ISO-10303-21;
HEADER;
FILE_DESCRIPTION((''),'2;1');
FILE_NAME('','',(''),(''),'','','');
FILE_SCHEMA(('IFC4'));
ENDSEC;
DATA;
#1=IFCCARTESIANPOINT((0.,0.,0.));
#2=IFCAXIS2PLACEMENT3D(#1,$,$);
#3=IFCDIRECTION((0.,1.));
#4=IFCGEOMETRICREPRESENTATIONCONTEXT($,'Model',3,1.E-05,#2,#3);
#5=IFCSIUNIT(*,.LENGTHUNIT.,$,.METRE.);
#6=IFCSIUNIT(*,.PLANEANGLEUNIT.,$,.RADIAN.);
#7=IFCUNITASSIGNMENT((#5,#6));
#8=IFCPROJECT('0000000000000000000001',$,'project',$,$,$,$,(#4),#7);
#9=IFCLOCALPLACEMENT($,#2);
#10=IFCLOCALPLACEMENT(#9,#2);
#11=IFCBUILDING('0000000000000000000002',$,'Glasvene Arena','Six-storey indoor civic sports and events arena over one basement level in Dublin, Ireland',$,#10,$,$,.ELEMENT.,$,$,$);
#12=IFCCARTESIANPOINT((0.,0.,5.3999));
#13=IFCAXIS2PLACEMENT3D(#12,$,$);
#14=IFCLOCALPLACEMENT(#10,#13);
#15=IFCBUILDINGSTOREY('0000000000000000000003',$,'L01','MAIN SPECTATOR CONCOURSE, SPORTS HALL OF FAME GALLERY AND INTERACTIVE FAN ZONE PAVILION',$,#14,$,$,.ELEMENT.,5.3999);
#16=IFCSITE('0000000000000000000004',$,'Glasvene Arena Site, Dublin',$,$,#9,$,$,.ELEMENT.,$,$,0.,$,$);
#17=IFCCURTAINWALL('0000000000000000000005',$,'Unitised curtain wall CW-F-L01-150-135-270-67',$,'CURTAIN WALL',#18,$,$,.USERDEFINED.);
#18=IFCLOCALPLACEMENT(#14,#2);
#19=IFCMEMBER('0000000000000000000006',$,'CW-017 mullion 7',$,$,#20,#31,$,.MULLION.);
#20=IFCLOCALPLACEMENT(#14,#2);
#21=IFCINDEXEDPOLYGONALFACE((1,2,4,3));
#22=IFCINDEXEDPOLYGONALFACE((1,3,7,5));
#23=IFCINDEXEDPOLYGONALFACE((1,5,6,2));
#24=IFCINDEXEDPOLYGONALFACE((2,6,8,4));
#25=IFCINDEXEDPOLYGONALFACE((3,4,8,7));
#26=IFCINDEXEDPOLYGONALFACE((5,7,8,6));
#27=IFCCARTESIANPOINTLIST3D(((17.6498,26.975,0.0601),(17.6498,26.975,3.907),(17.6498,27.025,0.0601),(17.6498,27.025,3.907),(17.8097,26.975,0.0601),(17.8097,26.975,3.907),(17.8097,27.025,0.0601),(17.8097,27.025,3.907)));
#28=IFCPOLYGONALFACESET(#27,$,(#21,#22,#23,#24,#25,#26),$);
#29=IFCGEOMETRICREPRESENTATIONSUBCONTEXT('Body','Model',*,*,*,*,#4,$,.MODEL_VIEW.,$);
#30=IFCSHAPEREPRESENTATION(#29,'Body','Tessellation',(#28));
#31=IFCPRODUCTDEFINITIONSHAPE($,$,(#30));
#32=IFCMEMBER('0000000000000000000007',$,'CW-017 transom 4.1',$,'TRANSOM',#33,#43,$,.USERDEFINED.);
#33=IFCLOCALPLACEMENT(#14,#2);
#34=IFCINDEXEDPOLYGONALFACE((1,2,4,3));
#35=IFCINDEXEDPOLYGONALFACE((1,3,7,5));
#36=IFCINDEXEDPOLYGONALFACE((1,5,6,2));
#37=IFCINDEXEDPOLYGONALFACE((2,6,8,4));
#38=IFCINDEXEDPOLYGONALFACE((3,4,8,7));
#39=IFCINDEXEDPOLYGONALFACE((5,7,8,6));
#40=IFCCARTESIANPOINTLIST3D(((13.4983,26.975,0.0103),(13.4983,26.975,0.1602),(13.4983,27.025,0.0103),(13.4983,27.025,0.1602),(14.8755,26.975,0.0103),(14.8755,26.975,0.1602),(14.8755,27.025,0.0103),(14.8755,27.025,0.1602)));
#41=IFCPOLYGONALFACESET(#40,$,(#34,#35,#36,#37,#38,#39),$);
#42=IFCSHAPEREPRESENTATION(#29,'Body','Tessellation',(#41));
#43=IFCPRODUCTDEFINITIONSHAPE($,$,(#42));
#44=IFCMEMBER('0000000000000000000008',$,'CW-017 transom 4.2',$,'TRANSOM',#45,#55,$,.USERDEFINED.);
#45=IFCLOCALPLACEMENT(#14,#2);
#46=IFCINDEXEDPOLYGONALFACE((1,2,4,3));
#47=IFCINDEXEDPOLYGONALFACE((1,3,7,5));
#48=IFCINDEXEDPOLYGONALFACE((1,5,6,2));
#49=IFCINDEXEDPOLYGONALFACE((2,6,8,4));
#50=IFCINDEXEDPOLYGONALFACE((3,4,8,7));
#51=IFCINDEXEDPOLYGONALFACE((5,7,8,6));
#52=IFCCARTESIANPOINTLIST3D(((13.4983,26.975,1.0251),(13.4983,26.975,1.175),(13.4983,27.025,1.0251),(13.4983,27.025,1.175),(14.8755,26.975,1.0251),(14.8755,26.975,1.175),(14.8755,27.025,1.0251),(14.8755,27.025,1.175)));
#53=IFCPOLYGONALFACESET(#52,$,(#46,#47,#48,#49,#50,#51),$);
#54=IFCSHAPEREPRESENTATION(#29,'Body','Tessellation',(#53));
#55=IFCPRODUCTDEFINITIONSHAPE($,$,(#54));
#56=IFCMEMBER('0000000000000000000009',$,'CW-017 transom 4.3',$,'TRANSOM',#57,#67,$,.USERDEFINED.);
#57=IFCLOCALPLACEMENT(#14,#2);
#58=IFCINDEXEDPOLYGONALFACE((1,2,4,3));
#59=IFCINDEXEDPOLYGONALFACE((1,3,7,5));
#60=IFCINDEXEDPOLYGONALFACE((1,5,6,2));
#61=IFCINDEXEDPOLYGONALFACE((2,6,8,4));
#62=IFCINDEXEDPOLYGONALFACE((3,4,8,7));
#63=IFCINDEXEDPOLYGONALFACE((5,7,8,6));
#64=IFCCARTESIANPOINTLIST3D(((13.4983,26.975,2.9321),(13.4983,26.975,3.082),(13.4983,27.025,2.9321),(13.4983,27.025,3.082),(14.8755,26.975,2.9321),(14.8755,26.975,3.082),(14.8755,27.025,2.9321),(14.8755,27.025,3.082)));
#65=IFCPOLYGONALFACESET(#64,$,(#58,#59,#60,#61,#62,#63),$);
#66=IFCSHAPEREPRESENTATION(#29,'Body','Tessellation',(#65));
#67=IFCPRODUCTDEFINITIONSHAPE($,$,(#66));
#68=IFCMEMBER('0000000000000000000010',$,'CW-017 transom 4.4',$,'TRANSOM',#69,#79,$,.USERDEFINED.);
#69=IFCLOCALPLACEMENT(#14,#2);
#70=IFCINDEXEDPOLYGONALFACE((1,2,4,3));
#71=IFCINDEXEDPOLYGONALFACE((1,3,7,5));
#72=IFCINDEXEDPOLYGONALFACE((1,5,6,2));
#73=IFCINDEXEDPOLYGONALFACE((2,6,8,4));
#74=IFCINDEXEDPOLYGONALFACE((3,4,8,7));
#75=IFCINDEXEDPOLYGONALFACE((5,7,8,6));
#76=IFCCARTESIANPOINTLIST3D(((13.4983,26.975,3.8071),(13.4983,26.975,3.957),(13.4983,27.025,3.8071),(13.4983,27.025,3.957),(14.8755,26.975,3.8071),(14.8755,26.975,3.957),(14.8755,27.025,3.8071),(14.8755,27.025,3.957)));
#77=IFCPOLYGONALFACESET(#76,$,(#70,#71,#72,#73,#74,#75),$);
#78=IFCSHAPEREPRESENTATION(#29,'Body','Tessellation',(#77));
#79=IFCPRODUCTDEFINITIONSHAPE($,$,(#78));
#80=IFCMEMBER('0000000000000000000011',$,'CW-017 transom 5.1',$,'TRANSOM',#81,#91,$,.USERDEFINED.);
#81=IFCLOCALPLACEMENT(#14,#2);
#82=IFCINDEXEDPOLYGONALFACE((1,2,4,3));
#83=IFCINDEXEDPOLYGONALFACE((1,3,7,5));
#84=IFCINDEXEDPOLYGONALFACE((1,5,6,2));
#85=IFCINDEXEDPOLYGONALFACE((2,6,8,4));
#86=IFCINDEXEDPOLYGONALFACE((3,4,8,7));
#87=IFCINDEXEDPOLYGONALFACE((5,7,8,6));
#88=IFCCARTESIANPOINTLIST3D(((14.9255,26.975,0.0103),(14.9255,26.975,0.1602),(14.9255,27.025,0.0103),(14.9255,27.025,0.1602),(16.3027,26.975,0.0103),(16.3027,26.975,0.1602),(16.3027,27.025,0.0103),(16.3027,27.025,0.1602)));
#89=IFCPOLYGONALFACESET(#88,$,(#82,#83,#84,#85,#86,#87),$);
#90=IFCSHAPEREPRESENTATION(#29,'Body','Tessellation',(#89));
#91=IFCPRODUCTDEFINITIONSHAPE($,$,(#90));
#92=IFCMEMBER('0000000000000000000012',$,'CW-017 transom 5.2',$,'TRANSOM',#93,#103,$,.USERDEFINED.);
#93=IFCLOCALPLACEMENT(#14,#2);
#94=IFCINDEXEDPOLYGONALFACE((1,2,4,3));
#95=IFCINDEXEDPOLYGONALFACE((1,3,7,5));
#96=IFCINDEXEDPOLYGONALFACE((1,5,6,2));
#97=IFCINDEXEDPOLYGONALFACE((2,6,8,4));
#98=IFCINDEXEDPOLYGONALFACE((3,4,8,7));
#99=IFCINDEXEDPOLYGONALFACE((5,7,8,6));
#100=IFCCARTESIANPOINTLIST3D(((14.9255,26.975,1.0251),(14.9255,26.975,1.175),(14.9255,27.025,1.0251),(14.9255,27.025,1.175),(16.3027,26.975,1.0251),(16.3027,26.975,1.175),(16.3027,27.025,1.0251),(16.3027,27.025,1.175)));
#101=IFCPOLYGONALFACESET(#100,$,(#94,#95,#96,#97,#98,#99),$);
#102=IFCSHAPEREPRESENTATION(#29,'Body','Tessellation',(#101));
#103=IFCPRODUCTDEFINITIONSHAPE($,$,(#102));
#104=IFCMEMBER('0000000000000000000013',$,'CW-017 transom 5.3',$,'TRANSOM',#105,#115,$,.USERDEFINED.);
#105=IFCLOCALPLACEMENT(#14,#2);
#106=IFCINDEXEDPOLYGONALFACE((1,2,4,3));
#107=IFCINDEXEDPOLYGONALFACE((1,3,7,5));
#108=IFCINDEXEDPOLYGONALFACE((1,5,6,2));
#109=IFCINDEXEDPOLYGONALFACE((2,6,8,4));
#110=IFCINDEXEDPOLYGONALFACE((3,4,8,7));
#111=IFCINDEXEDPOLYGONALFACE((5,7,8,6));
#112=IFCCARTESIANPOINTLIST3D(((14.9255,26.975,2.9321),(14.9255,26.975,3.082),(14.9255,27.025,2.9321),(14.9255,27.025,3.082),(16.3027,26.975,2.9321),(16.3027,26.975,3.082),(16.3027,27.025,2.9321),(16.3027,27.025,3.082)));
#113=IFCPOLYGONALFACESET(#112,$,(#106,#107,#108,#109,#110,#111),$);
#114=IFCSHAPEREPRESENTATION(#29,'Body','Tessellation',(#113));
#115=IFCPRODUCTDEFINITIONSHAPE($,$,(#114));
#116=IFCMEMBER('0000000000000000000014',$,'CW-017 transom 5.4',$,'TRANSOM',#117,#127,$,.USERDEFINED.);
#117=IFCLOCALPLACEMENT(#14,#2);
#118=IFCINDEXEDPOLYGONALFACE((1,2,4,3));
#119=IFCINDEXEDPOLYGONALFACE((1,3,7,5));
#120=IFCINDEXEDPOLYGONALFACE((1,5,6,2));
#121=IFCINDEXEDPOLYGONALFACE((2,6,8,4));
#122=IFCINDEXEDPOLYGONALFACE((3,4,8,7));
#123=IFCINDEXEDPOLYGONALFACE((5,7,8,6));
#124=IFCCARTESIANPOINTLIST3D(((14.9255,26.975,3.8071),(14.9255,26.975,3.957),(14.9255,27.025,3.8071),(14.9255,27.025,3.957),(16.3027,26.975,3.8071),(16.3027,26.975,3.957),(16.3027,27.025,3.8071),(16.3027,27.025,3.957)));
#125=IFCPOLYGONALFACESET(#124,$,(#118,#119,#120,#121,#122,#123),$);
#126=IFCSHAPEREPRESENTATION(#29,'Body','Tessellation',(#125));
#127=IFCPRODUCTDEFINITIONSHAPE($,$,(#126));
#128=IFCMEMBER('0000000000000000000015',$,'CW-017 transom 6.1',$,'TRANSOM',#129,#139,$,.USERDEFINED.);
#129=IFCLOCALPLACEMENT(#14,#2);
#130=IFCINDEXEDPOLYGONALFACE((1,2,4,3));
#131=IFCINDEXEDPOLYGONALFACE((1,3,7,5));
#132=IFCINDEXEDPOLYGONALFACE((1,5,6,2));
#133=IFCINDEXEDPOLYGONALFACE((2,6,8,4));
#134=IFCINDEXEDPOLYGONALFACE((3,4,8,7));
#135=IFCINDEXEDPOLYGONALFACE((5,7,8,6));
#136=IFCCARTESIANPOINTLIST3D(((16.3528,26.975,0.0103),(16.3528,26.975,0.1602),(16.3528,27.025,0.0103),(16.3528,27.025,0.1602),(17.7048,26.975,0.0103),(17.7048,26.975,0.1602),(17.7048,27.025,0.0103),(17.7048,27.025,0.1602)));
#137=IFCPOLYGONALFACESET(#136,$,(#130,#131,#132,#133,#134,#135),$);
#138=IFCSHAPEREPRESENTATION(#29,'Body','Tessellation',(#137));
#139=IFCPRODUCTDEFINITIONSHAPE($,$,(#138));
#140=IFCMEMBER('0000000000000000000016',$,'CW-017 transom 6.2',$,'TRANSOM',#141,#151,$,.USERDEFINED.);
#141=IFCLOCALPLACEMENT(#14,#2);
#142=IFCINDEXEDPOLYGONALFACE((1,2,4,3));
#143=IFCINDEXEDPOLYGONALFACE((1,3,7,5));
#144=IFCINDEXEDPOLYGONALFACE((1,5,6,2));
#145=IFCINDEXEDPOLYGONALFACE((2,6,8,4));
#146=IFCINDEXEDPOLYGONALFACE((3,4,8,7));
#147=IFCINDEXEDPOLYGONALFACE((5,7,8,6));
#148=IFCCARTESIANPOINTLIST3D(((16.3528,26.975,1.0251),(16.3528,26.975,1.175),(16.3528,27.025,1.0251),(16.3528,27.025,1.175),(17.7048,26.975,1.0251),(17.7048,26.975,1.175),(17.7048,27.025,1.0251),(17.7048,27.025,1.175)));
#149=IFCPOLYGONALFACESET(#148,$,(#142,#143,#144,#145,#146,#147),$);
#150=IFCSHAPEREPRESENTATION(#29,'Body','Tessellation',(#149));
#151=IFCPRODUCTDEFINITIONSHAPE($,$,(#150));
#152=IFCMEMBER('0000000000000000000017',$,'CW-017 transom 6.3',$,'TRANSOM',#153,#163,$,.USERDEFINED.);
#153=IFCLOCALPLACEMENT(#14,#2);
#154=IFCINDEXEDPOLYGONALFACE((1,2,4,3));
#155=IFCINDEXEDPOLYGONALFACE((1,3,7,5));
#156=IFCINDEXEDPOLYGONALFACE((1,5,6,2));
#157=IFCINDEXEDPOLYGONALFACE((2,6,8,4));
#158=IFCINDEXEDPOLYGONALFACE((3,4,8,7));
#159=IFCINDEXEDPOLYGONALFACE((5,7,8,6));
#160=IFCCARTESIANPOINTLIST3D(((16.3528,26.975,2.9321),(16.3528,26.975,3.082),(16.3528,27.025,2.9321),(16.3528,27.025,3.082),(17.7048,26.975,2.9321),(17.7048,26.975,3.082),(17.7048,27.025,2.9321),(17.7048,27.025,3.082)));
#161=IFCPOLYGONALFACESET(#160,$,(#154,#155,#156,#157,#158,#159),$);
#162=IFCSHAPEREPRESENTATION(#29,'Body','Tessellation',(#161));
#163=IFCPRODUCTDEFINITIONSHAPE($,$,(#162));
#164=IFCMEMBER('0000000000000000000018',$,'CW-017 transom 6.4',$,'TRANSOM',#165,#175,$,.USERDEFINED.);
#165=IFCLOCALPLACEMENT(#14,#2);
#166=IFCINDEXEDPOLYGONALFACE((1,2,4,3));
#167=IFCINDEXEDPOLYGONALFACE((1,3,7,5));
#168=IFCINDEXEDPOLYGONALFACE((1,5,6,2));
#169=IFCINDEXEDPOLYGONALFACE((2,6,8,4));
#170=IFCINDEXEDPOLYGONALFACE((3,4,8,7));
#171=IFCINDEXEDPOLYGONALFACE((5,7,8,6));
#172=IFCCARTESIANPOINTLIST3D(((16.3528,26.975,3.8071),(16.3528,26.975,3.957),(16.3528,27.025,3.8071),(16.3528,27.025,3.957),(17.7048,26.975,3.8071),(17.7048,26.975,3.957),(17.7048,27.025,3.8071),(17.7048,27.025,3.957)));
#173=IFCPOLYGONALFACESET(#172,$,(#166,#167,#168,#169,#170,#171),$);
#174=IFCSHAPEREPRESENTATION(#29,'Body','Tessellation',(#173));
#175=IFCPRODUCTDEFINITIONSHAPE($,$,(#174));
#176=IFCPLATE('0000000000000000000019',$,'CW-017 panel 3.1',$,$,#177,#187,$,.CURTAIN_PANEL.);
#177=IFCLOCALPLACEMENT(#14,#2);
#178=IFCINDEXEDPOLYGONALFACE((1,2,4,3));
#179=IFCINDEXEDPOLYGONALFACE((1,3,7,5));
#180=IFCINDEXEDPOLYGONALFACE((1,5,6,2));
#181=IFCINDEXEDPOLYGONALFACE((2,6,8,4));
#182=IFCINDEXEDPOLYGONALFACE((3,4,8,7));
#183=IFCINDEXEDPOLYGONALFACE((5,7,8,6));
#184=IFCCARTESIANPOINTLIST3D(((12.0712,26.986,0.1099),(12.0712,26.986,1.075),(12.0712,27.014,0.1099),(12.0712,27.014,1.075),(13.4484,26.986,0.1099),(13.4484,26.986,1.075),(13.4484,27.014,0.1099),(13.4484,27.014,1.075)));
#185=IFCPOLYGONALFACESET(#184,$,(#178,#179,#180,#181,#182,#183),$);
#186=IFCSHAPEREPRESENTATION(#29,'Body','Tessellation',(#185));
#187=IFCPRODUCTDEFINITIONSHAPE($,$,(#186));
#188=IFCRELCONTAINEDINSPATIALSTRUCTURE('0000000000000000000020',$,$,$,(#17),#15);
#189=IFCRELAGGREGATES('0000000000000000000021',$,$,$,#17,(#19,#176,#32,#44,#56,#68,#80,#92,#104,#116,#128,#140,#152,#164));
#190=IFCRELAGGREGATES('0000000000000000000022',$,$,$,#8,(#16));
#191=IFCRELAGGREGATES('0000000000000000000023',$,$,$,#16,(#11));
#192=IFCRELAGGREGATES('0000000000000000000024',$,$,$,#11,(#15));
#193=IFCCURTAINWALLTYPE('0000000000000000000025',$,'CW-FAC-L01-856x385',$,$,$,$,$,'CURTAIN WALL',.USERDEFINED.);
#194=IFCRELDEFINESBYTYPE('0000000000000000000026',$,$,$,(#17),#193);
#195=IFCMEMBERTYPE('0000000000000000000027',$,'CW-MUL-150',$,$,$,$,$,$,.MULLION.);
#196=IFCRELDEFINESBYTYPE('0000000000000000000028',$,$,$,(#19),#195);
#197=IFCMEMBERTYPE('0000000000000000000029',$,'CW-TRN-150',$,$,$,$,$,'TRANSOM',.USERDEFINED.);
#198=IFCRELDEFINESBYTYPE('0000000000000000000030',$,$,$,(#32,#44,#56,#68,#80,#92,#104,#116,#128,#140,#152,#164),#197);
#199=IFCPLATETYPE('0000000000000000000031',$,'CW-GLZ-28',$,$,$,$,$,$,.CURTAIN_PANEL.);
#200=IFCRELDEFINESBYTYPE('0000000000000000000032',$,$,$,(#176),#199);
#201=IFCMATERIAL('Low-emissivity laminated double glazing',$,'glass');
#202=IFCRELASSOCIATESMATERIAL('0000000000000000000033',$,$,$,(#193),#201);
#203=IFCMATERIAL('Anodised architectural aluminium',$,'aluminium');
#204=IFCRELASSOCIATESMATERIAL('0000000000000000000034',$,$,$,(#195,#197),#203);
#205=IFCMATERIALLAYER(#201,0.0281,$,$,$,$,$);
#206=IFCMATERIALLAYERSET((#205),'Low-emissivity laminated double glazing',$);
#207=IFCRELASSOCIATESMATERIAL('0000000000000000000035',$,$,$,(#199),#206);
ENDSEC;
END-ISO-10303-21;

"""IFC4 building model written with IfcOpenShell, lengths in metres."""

from ifc_helpers import new_model, si_unit, direction, frame, origin, origin_2d, place, context, subcontext, project, spatial, rectangle, extrude, material, layer, layer_set, material_profile, profile_set, type_object, element, aggregate, save


model = new_model("IFC4")

# Units and contexts
model_context = context("Model", 3, precision=1e-05, world=origin(), true_north=direction((0.0, 1.0)))
body_context = subcontext(model_context, "Body", "Model", "MODEL_VIEW")
ifc_project = project(units=[si_unit("LENGTHUNIT", "METRE"), si_unit("PLANEANGLEUNIT", "RADIAN")], contexts=[model_context])

# Site, building, storey
site_placement = place(None, origin())
site = spatial("IfcSite", under=ifc_project, at=site_placement, Name="Glasvene Arena Site, Dublin", CompositionType="ELEMENT", RefElevation=0.0)
building_placement = place(site_placement, origin())
building = spatial("IfcBuilding", under=site, at=building_placement, Name="Glasvene Arena", Description="Six-storey indoor civic sports and events arena over one basement level in Dublin, Ireland", CompositionType="ELEMENT")
storey_placement = place(building_placement, frame((0.0, 0.0, 5.3999)))
storey = spatial("IfcBuildingStorey", under=building, at=storey_placement, Name="L01", Description="MAIN SPECTATOR CONCOURSE, SPORTS HALL OF FAME GALLERY AND INTERACTIVE FAN ZONE PAVILION", CompositionType="ELEMENT", Elevation=5.3999)

# Curtain wall, members, plate
ifc_material_1 = material(Name="Low-emissivity laminated double glazing", Category="glass")
curtain_wall_type = type_object("IfcCurtainWallType", Name="CW-FAC-L01-856x385", ElementType="CURTAIN WALL", PredefinedType="USERDEFINED", material=ifc_material_1)
curtain_wall_placement = place(storey_placement, frame((9.1919, 27.0, 0.0)))
curtain_wall = element("IfcCurtainWall", 1, at=curtain_wall_placement, inside=storey, type_object=curtain_wall_type, Name="Unitised curtain wall CW-F-L01-150-135-270-67", ObjectType="CURTAIN WALL", PredefinedType="USERDEFINED")
ifc_material_2 = material(Name="Anodised architectural aluminium", Category="aluminium")
ifc_material_profile_1 = material_profile(ifc_material_2, rectangle(XDim=0.05, YDim=0.1599, at=origin_2d()), Name="ALU MULLION 50x160")
ifc_profile_set_1 = profile_set([ifc_material_profile_1], Name="Anodised architectural aluminium")
member_type_1 = type_object("IfcMemberType", Name="CW-MUL-150", PredefinedType="MULLION", material=ifc_profile_set_1)
member_1_placement = place(storey_placement, frame((17.7297, 27.0, 0.0601), z_axis=(0.0, 0.0, 1.0), x_axis=(0.0, 1.0, 0.0)))
member_1 = element("IfcMember", 2, at=member_1_placement, type_object=member_type_1, Name="CW-017 mullion 7", PredefinedType="MULLION", context=body_context, shape_type="SweptSolid", body=[
    extrude(rectangle(XDim=0.05, YDim=0.1599, at=origin_2d()), origin(), (0.0, 0.0, 1.0), 3.8469),
])
ifc_material_profile_2 = material_profile(ifc_material_2, rectangle(XDim=0.05, YDim=0.1499, at=origin_2d()), Name="ALU TRANSOM 50x150")
ifc_profile_set_2 = profile_set([ifc_material_profile_2], Name="Anodised architectural aluminium")
member_type_2 = type_object("IfcMemberType", Name="CW-TRN-150", ElementType="TRANSOM", PredefinedType="USERDEFINED", material=ifc_profile_set_2)
member_2_placement = place(storey_placement, frame((13.4983, 27.0, 0.0852), z_axis=(1.0, 0.0, 0.0), x_axis=(0.0, 1.0, 0.0)))
member_2 = element("IfcMember", 3, at=member_2_placement, type_object=member_type_2, Name="CW-017 transom 4.1", ObjectType="TRANSOM", PredefinedType="USERDEFINED", context=body_context, shape_type="SweptSolid", body=[
    extrude(rectangle(XDim=0.05, YDim=0.1499, at=origin_2d()), origin(), (0.0, 0.0, 1.0), 1.3772),
])
member_3_placement = place(storey_placement, frame((13.4983, 27.0, 1.1001), z_axis=(1.0, 0.0, 0.0), x_axis=(0.0, 1.0, 0.0)))
member_3 = element("IfcMember", 4, at=member_3_placement, type_object=member_type_2, Name="CW-017 transom 4.2", ObjectType="TRANSOM", PredefinedType="USERDEFINED", context=body_context, shape_type="SweptSolid", body=[
    extrude(rectangle(XDim=0.05, YDim=0.1499, at=origin_2d()), origin(), (0.0, 0.0, 1.0), 1.3772),
])
member_4_placement = place(storey_placement, frame((13.4983, 27.0, 3.0071), z_axis=(1.0, 0.0, 0.0), x_axis=(0.0, 1.0, 0.0)))
member_4 = element("IfcMember", 5, at=member_4_placement, type_object=member_type_2, Name="CW-017 transom 4.3", ObjectType="TRANSOM", PredefinedType="USERDEFINED", context=body_context, shape_type="SweptSolid", body=[
    extrude(rectangle(XDim=0.05, YDim=0.1499, at=origin_2d()), origin(), (0.0, 0.0, 1.0), 1.3772),
])
member_5_placement = place(storey_placement, frame((13.4983, 27.0, 3.8821), z_axis=(1.0, 0.0, 0.0), x_axis=(0.0, 1.0, 0.0)))
member_5 = element("IfcMember", 6, at=member_5_placement, type_object=member_type_2, Name="CW-017 transom 4.4", ObjectType="TRANSOM", PredefinedType="USERDEFINED", context=body_context, shape_type="SweptSolid", body=[
    extrude(rectangle(XDim=0.05, YDim=0.1499, at=origin_2d()), origin(), (0.0, 0.0, 1.0), 1.3772),
])
member_6_placement = place(storey_placement, frame((14.9255, 27.0, 0.0852), z_axis=(1.0, 0.0, 0.0), x_axis=(0.0, 1.0, 0.0)))
member_6 = element("IfcMember", 7, at=member_6_placement, type_object=member_type_2, Name="CW-017 transom 5.1", ObjectType="TRANSOM", PredefinedType="USERDEFINED", context=body_context, shape_type="SweptSolid", body=[
    extrude(rectangle(XDim=0.05, YDim=0.1499, at=origin_2d()), origin(), (0.0, 0.0, 1.0), 1.3772),
])
member_7_placement = place(storey_placement, frame((14.9255, 27.0, 1.1001), z_axis=(1.0, 0.0, 0.0), x_axis=(0.0, 1.0, 0.0)))
member_7 = element("IfcMember", 8, at=member_7_placement, type_object=member_type_2, Name="CW-017 transom 5.2", ObjectType="TRANSOM", PredefinedType="USERDEFINED", context=body_context, shape_type="SweptSolid", body=[
    extrude(rectangle(XDim=0.05, YDim=0.1499, at=origin_2d()), origin(), (0.0, 0.0, 1.0), 1.3772),
])
member_8_placement = place(storey_placement, frame((14.9255, 27.0, 3.0071), z_axis=(1.0, 0.0, 0.0), x_axis=(0.0, 1.0, 0.0)))
member_8 = element("IfcMember", 9, at=member_8_placement, type_object=member_type_2, Name="CW-017 transom 5.3", ObjectType="TRANSOM", PredefinedType="USERDEFINED", context=body_context, shape_type="SweptSolid", body=[
    extrude(rectangle(XDim=0.05, YDim=0.1499, at=origin_2d()), origin(), (0.0, 0.0, 1.0), 1.3772),
])
member_9_placement = place(storey_placement, frame((14.9255, 27.0, 3.8821), z_axis=(1.0, 0.0, 0.0), x_axis=(0.0, 1.0, 0.0)))
member_9 = element("IfcMember", 10, at=member_9_placement, type_object=member_type_2, Name="CW-017 transom 5.4", ObjectType="TRANSOM", PredefinedType="USERDEFINED", context=body_context, shape_type="SweptSolid", body=[
    extrude(rectangle(XDim=0.05, YDim=0.1499, at=origin_2d()), origin(), (0.0, 0.0, 1.0), 1.3772),
])
member_10_placement = place(storey_placement, frame((16.3528, 27.0, 0.0852), z_axis=(1.0, 0.0, 0.0), x_axis=(0.0, 1.0, 0.0)))
member_10 = element("IfcMember", 11, at=member_10_placement, type_object=member_type_2, Name="CW-017 transom 6.1", ObjectType="TRANSOM", PredefinedType="USERDEFINED", context=body_context, shape_type="SweptSolid", body=[
    extrude(rectangle(XDim=0.05, YDim=0.1499, at=origin_2d()), origin(), (0.0, 0.0, 1.0), 1.3521),
])
member_11_placement = place(storey_placement, frame((16.3528, 27.0, 1.1001), z_axis=(1.0, 0.0, 0.0), x_axis=(0.0, 1.0, 0.0)))
member_11 = element("IfcMember", 12, at=member_11_placement, type_object=member_type_2, Name="CW-017 transom 6.2", ObjectType="TRANSOM", PredefinedType="USERDEFINED", context=body_context, shape_type="SweptSolid", body=[
    extrude(rectangle(XDim=0.05, YDim=0.1499, at=origin_2d()), origin(), (0.0, 0.0, 1.0), 1.3521),
])
member_12_placement = place(storey_placement, frame((16.3528, 27.0, 3.0071), z_axis=(1.0, 0.0, 0.0), x_axis=(0.0, 1.0, 0.0)))
member_12 = element("IfcMember", 13, at=member_12_placement, type_object=member_type_2, Name="CW-017 transom 6.3", ObjectType="TRANSOM", PredefinedType="USERDEFINED", context=body_context, shape_type="SweptSolid", body=[
    extrude(rectangle(XDim=0.05, YDim=0.1499, at=origin_2d()), origin(), (0.0, 0.0, 1.0), 1.3521),
])
member_13_placement = place(storey_placement, frame((16.3528, 27.0, 3.8821), z_axis=(1.0, 0.0, 0.0), x_axis=(0.0, 1.0, 0.0)))
member_13 = element("IfcMember", 14, at=member_13_placement, type_object=member_type_2, Name="CW-017 transom 6.4", ObjectType="TRANSOM", PredefinedType="USERDEFINED", context=body_context, shape_type="SweptSolid", body=[
    extrude(rectangle(XDim=0.05, YDim=0.1499, at=origin_2d()), origin(), (0.0, 0.0, 1.0), 1.3521),
])
ifc_layer = layer(ifc_material_1, 0.0281)
ifc_layer_set = layer_set([ifc_layer], Name="Low-emissivity laminated double glazing")
plate_type = type_object("IfcPlateType", Name="CW-GLZ-28", PredefinedType="CURTAIN_PANEL", material=ifc_layer_set)
plate_1_placement = place(storey_placement, frame((12.7598, 27.0, 0.1099), z_axis=(0.0, 0.0, 1.0), x_axis=(1.0, 0.0, 0.0)))
plate_1 = element("IfcPlate", 15, at=plate_1_placement, type_object=plate_type, Name="CW-017 panel 3.1", PredefinedType="CURTAIN_PANEL", context=body_context, shape_type="SweptSolid", body=[
    extrude(rectangle(XDim=1.3772, YDim=0.0281, at=origin_2d()), origin(), (0.0, 0.0, 1.0), 0.9651),
])
aggregate(curtain_wall, [member_1, plate_1, member_2, member_3, member_4, member_5, member_6, member_7, member_8, member_9, member_10, member_11, member_12, member_13])

save(model, "model.ifc")
